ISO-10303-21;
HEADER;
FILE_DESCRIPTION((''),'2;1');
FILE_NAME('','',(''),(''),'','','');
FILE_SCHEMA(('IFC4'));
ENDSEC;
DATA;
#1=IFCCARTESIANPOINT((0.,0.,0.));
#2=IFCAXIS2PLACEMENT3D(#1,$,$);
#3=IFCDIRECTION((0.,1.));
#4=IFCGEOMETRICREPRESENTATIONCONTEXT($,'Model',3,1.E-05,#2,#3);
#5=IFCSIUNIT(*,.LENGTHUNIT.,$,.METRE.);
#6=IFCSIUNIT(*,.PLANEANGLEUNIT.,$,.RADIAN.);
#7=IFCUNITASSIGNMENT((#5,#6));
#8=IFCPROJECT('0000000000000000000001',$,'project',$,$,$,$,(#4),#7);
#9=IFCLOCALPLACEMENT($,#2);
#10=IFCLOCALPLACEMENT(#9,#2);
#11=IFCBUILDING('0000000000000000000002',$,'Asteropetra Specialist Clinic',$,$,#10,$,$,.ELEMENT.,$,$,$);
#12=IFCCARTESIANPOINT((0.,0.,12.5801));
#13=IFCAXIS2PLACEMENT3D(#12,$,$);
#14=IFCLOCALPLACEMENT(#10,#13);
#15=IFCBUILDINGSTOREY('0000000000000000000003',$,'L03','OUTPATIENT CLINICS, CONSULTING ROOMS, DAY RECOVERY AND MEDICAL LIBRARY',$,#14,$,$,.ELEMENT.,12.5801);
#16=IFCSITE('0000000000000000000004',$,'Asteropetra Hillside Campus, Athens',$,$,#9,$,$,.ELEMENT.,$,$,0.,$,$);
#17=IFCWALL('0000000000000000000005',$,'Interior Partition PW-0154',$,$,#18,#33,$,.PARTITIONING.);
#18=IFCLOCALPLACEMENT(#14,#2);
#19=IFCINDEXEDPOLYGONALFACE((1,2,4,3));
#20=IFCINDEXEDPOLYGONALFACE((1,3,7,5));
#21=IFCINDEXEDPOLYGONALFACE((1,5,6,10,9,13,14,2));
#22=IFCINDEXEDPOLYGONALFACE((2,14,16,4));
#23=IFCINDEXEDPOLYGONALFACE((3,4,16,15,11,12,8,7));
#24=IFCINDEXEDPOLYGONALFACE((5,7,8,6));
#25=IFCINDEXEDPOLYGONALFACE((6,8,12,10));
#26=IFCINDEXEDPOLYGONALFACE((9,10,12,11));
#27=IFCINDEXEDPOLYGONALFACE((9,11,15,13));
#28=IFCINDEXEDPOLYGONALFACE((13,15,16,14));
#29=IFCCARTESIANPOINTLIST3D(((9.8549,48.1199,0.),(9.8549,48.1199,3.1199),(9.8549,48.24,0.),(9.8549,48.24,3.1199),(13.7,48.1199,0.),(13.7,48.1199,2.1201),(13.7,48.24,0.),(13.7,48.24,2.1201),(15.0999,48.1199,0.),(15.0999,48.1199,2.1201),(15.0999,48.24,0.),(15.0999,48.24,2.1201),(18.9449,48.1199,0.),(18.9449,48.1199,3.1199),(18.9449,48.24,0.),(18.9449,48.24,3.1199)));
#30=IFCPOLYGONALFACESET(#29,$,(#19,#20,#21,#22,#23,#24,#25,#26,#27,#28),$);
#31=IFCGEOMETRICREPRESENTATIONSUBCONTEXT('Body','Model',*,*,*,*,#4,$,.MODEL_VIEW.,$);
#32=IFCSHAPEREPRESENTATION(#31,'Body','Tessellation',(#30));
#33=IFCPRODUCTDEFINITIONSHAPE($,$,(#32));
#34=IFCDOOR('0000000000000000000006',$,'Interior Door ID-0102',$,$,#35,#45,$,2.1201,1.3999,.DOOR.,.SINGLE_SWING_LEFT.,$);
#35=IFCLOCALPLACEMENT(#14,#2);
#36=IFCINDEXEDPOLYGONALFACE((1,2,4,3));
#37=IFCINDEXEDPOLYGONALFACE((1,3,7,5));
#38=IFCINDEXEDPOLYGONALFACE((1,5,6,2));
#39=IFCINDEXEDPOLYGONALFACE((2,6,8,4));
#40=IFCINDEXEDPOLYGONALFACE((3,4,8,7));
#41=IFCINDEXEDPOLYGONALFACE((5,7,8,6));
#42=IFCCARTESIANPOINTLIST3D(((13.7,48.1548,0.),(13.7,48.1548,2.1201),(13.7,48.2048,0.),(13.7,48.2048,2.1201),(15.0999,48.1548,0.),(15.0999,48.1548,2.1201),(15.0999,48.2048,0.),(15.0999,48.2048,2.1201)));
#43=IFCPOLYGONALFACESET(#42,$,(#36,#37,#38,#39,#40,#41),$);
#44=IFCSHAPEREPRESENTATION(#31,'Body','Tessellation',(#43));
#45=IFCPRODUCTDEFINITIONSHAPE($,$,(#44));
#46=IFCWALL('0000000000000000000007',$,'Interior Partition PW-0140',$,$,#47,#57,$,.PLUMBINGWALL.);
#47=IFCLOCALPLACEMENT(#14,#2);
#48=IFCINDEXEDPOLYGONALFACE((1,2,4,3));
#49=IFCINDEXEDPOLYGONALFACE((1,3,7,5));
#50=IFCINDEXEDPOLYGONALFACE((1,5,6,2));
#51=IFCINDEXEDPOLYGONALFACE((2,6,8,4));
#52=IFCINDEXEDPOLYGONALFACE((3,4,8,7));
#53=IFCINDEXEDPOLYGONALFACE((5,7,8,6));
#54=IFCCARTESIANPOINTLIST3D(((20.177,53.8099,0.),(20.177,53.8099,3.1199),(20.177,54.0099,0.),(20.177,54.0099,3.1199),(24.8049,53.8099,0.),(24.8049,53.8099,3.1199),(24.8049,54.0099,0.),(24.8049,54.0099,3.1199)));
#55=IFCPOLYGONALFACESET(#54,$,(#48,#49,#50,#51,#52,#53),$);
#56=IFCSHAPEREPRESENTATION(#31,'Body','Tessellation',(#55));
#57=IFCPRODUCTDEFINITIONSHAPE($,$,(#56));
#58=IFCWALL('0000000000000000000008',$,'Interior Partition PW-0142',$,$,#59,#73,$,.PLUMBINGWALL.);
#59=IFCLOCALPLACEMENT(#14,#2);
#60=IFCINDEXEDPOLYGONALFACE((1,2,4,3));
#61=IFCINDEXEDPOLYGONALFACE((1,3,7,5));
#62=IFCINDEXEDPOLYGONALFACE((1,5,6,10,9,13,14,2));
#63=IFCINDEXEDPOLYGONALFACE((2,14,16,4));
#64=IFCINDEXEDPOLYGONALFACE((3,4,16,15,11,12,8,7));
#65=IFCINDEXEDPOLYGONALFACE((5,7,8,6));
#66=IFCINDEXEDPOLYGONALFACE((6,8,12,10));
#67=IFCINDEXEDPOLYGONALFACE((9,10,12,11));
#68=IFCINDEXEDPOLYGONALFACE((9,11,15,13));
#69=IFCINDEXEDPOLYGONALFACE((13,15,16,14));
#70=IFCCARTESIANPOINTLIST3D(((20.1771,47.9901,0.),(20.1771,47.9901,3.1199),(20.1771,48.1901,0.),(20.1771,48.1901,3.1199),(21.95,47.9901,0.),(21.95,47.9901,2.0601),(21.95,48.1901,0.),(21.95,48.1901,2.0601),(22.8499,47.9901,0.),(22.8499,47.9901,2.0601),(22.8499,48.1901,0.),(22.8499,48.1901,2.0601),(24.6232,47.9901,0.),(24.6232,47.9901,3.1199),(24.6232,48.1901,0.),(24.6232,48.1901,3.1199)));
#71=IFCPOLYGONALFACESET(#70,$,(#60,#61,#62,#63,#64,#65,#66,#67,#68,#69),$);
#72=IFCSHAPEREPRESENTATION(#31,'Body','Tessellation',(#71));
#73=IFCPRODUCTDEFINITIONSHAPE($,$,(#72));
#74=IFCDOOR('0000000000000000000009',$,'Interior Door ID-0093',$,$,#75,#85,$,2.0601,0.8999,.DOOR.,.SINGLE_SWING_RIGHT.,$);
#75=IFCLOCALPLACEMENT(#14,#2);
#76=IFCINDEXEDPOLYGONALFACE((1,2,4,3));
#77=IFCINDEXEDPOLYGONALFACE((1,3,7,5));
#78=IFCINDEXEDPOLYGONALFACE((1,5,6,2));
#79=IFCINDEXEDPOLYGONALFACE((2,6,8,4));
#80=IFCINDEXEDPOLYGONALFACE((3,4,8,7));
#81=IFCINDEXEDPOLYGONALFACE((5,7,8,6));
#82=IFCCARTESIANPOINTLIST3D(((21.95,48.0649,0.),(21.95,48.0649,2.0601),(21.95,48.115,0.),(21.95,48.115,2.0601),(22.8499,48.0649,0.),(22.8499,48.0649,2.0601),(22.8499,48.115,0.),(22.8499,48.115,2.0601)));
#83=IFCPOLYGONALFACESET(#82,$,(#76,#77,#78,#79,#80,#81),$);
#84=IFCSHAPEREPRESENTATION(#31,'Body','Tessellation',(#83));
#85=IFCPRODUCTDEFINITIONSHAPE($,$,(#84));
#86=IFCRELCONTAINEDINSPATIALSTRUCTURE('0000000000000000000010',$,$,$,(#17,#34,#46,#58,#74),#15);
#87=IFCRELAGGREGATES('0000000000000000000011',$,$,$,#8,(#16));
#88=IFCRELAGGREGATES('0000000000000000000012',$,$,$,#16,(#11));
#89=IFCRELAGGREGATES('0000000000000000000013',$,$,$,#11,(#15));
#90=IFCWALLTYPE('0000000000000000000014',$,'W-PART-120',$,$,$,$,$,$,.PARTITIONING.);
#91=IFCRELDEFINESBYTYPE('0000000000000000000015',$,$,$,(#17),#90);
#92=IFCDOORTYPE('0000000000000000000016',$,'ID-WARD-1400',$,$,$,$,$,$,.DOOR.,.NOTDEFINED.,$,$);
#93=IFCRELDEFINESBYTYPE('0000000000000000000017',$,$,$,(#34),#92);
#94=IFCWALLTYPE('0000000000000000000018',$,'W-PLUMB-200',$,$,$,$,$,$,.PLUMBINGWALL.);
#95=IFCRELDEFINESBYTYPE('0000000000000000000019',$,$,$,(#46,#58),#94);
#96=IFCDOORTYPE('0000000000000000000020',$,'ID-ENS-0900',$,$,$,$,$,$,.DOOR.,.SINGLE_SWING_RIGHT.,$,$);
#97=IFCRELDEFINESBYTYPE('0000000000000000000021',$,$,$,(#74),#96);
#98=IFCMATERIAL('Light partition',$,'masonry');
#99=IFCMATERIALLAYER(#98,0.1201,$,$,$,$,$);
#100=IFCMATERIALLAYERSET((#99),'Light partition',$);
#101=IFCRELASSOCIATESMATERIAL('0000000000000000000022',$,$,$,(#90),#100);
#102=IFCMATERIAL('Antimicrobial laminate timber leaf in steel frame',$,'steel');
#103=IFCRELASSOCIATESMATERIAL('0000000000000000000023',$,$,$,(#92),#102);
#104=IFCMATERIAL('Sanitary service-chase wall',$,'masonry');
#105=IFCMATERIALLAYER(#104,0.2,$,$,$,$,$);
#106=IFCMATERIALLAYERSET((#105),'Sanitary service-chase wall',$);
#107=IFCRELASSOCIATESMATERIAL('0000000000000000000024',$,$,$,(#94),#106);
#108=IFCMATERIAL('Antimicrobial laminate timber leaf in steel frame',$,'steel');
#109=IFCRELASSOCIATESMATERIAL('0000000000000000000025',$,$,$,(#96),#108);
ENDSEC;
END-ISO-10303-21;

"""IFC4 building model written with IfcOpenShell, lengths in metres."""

from ifc_helpers import new_model, si_unit, direction, frame, frame_2d, origin, place, context, subcontext, project, spatial, rectangle, extrude, material, layer, layer_set, type_object, element, fill, save


model = new_model("IFC4")

# Units and contexts
model_context = context("Model", 3, precision=1e-05, world=origin(), true_north=direction((0.0, 1.0)))
body_context = subcontext(model_context, "Body", "Model", "MODEL_VIEW")
ifc_project = project(units=[si_unit("LENGTHUNIT", "METRE"), si_unit("PLANEANGLEUNIT", "RADIAN")], contexts=[model_context])

# Site, building, storey
site_placement = place(None, origin())
site = spatial("IfcSite", under=ifc_project, at=site_placement, Name="Asteropetra Hillside Campus, Athens", CompositionType="ELEMENT", RefElevation=0.0)
building_placement = place(site_placement, origin())
building = spatial("IfcBuilding", under=site, at=building_placement, Name="Asteropetra Specialist Clinic", CompositionType="ELEMENT")
storey_placement = place(building_placement, frame((0.0, 0.0, 12.5801)))
storey = spatial("IfcBuildingStorey", under=building, at=storey_placement, Name="L03", Description="OUTPATIENT CLINICS, CONSULTING ROOMS, DAY RECOVERY AND MEDICAL LIBRARY", CompositionType="ELEMENT", Elevation=12.5801)

# Wall, opening, door
ifc_material_1 = material(Name="Light partition", Category="masonry")
ifc_layer_1 = layer(ifc_material_1, 0.1201)
ifc_layer_set_1 = layer_set([ifc_layer_1], Name="Light partition")
wall_type_1 = type_object("IfcWallType", Name="W-PART-120", PredefinedType="PARTITIONING", material=ifc_layer_set_1)
wall_1_placement = place(storey_placement, frame((9.855, 48.1799, 0.0), z_axis=(0.0, 0.0, 1.0), x_axis=(1.0, 0.0, 0.0)))
wall_1 = element("IfcWall", 1, at=wall_1_placement, inside=storey, type_object=wall_type_1, Name="Interior Partition PW-0154", PredefinedType="PARTITIONING", context=body_context, shape_type="SweptSolid", body=[
    extrude(rectangle(XDim=9.0901, YDim=0.1201, at=frame_2d((4.5449, 0.0))), origin(), (0.0, 0.0, 1.0), 3.1199),
])
opening_1_placement = place(wall_1_placement, frame((3.845, 0.0, 0.0)))
opening_1 = element("IfcOpeningElement", 2, at=opening_1_placement, cuts=wall_1, PredefinedType="OPENING", context=body_context, shape_type="SweptSolid", body=[
    extrude(rectangle(XDim=1.3999, YDim=2.1201, at=frame_2d((0.7, 1.0601))), frame((0.0, 0.0701, 0.0), z_axis=(0.0, -1.0, 0.0), x_axis=(1.0, 0.0, 0.0)), (0.0, 0.0, 1.0), 0.1401),
])
ifc_material_2 = material(Name="Antimicrobial laminate timber leaf in steel frame", Category="steel")
door_type_1 = type_object("IfcDoorType", Name="ID-WARD-1400", OperationType="NOTDEFINED", PredefinedType="DOOR", material=ifc_material_2)
door_1_placement = place(opening_1_placement, origin())
door_1 = element("IfcDoor", 3, at=door_1_placement, inside=storey, type_object=door_type_1, Name="Interior Door ID-0102", OperationType="SINGLE_SWING_LEFT", OverallHeight=2.1201, OverallWidth=1.3999, PredefinedType="DOOR", context=body_context, shape_type="SweptSolid", body=[
    extrude(rectangle(XDim=1.3999, YDim=2.1201, at=frame_2d((0.7, 1.0601))), frame((0.0, 0.0249, 0.0), z_axis=(0.0, -1.0, 0.0), x_axis=(1.0, 0.0, 0.0)), (0.0, 0.0, 1.0), 0.05),
])
fill(opening_1, door_1)

# Wall
ifc_material_3 = material(Name="Sanitary service-chase wall", Category="masonry")
ifc_layer_2 = layer(ifc_material_3, 0.2)
ifc_layer_set_2 = layer_set([ifc_layer_2], Name="Sanitary service-chase wall")
wall_type_2 = type_object("IfcWallType", Name="W-PLUMB-200", PredefinedType="PLUMBINGWALL", material=ifc_layer_set_2)
wall_2_placement = place(storey_placement, frame((20.177, 53.9099, 0.0), z_axis=(0.0, 0.0, 1.0), x_axis=(1.0, 0.0, 0.0)))
element("IfcWall", 4, at=wall_2_placement, inside=storey, type_object=wall_type_2, Name="Interior Partition PW-0140", PredefinedType="PLUMBINGWALL", context=body_context, shape_type="SweptSolid", body=[
    extrude(rectangle(XDim=4.6279, YDim=0.2, at=frame_2d((2.314, 0.0))), origin(), (0.0, 0.0, 1.0), 3.1199),
])

# Wall, opening, door
wall_3_placement = place(storey_placement, frame((20.177, 48.0901, 0.0), z_axis=(0.0, 0.0, 1.0), x_axis=(1.0, 0.0, 0.0)))
wall_3 = element("IfcWall", 5, at=wall_3_placement, inside=storey, type_object=wall_type_2, Name="Interior Partition PW-0142", PredefinedType="PLUMBINGWALL", context=body_context, shape_type="SweptSolid", body=[
    extrude(rectangle(XDim=4.446, YDim=0.2, at=frame_2d((2.2231, 0.0))), origin(), (0.0, 0.0, 1.0), 3.1199),
])
opening_2_placement = place(wall_3_placement, frame((1.7729, 0.0, 0.0)))
opening_2 = element("IfcOpeningElement", 6, at=opening_2_placement, cuts=wall_3, PredefinedType="OPENING", context=body_context, shape_type="SweptSolid", body=[
    extrude(rectangle(XDim=0.8999, YDim=2.0601, at=frame_2d((0.45, 1.03))), frame((0.0, 0.1099, 0.0), z_axis=(0.0, -1.0, 0.0), x_axis=(1.0, 0.0, 0.0)), (0.0, 0.0, 1.0), 0.22),
])
ifc_material_4 = material(Name="Antimicrobial laminate timber leaf in steel frame", Category="steel")
door_type_2 = type_object("IfcDoorType", Name="ID-ENS-0900", OperationType="SINGLE_SWING_RIGHT", PredefinedType="DOOR", material=ifc_material_4)
door_2_placement = place(opening_2_placement, origin())
door_2 = element("IfcDoor", 7, at=door_2_placement, inside=storey, type_object=door_type_2, Name="Interior Door ID-0093", OperationType="SINGLE_SWING_RIGHT", OverallHeight=2.0601, OverallWidth=0.8999, PredefinedType="DOOR", context=body_context, shape_type="SweptSolid", body=[
    extrude(rectangle(XDim=0.8999, YDim=2.0601, at=frame_2d((0.45, 1.03))), frame((0.0, 0.0249, 0.0), z_axis=(0.0, -1.0, 0.0), x_axis=(1.0, 0.0, 0.0)), (0.0, 0.0, 1.0), 0.05),
])
fill(opening_2, door_2)

save(model, "model.ifc")
